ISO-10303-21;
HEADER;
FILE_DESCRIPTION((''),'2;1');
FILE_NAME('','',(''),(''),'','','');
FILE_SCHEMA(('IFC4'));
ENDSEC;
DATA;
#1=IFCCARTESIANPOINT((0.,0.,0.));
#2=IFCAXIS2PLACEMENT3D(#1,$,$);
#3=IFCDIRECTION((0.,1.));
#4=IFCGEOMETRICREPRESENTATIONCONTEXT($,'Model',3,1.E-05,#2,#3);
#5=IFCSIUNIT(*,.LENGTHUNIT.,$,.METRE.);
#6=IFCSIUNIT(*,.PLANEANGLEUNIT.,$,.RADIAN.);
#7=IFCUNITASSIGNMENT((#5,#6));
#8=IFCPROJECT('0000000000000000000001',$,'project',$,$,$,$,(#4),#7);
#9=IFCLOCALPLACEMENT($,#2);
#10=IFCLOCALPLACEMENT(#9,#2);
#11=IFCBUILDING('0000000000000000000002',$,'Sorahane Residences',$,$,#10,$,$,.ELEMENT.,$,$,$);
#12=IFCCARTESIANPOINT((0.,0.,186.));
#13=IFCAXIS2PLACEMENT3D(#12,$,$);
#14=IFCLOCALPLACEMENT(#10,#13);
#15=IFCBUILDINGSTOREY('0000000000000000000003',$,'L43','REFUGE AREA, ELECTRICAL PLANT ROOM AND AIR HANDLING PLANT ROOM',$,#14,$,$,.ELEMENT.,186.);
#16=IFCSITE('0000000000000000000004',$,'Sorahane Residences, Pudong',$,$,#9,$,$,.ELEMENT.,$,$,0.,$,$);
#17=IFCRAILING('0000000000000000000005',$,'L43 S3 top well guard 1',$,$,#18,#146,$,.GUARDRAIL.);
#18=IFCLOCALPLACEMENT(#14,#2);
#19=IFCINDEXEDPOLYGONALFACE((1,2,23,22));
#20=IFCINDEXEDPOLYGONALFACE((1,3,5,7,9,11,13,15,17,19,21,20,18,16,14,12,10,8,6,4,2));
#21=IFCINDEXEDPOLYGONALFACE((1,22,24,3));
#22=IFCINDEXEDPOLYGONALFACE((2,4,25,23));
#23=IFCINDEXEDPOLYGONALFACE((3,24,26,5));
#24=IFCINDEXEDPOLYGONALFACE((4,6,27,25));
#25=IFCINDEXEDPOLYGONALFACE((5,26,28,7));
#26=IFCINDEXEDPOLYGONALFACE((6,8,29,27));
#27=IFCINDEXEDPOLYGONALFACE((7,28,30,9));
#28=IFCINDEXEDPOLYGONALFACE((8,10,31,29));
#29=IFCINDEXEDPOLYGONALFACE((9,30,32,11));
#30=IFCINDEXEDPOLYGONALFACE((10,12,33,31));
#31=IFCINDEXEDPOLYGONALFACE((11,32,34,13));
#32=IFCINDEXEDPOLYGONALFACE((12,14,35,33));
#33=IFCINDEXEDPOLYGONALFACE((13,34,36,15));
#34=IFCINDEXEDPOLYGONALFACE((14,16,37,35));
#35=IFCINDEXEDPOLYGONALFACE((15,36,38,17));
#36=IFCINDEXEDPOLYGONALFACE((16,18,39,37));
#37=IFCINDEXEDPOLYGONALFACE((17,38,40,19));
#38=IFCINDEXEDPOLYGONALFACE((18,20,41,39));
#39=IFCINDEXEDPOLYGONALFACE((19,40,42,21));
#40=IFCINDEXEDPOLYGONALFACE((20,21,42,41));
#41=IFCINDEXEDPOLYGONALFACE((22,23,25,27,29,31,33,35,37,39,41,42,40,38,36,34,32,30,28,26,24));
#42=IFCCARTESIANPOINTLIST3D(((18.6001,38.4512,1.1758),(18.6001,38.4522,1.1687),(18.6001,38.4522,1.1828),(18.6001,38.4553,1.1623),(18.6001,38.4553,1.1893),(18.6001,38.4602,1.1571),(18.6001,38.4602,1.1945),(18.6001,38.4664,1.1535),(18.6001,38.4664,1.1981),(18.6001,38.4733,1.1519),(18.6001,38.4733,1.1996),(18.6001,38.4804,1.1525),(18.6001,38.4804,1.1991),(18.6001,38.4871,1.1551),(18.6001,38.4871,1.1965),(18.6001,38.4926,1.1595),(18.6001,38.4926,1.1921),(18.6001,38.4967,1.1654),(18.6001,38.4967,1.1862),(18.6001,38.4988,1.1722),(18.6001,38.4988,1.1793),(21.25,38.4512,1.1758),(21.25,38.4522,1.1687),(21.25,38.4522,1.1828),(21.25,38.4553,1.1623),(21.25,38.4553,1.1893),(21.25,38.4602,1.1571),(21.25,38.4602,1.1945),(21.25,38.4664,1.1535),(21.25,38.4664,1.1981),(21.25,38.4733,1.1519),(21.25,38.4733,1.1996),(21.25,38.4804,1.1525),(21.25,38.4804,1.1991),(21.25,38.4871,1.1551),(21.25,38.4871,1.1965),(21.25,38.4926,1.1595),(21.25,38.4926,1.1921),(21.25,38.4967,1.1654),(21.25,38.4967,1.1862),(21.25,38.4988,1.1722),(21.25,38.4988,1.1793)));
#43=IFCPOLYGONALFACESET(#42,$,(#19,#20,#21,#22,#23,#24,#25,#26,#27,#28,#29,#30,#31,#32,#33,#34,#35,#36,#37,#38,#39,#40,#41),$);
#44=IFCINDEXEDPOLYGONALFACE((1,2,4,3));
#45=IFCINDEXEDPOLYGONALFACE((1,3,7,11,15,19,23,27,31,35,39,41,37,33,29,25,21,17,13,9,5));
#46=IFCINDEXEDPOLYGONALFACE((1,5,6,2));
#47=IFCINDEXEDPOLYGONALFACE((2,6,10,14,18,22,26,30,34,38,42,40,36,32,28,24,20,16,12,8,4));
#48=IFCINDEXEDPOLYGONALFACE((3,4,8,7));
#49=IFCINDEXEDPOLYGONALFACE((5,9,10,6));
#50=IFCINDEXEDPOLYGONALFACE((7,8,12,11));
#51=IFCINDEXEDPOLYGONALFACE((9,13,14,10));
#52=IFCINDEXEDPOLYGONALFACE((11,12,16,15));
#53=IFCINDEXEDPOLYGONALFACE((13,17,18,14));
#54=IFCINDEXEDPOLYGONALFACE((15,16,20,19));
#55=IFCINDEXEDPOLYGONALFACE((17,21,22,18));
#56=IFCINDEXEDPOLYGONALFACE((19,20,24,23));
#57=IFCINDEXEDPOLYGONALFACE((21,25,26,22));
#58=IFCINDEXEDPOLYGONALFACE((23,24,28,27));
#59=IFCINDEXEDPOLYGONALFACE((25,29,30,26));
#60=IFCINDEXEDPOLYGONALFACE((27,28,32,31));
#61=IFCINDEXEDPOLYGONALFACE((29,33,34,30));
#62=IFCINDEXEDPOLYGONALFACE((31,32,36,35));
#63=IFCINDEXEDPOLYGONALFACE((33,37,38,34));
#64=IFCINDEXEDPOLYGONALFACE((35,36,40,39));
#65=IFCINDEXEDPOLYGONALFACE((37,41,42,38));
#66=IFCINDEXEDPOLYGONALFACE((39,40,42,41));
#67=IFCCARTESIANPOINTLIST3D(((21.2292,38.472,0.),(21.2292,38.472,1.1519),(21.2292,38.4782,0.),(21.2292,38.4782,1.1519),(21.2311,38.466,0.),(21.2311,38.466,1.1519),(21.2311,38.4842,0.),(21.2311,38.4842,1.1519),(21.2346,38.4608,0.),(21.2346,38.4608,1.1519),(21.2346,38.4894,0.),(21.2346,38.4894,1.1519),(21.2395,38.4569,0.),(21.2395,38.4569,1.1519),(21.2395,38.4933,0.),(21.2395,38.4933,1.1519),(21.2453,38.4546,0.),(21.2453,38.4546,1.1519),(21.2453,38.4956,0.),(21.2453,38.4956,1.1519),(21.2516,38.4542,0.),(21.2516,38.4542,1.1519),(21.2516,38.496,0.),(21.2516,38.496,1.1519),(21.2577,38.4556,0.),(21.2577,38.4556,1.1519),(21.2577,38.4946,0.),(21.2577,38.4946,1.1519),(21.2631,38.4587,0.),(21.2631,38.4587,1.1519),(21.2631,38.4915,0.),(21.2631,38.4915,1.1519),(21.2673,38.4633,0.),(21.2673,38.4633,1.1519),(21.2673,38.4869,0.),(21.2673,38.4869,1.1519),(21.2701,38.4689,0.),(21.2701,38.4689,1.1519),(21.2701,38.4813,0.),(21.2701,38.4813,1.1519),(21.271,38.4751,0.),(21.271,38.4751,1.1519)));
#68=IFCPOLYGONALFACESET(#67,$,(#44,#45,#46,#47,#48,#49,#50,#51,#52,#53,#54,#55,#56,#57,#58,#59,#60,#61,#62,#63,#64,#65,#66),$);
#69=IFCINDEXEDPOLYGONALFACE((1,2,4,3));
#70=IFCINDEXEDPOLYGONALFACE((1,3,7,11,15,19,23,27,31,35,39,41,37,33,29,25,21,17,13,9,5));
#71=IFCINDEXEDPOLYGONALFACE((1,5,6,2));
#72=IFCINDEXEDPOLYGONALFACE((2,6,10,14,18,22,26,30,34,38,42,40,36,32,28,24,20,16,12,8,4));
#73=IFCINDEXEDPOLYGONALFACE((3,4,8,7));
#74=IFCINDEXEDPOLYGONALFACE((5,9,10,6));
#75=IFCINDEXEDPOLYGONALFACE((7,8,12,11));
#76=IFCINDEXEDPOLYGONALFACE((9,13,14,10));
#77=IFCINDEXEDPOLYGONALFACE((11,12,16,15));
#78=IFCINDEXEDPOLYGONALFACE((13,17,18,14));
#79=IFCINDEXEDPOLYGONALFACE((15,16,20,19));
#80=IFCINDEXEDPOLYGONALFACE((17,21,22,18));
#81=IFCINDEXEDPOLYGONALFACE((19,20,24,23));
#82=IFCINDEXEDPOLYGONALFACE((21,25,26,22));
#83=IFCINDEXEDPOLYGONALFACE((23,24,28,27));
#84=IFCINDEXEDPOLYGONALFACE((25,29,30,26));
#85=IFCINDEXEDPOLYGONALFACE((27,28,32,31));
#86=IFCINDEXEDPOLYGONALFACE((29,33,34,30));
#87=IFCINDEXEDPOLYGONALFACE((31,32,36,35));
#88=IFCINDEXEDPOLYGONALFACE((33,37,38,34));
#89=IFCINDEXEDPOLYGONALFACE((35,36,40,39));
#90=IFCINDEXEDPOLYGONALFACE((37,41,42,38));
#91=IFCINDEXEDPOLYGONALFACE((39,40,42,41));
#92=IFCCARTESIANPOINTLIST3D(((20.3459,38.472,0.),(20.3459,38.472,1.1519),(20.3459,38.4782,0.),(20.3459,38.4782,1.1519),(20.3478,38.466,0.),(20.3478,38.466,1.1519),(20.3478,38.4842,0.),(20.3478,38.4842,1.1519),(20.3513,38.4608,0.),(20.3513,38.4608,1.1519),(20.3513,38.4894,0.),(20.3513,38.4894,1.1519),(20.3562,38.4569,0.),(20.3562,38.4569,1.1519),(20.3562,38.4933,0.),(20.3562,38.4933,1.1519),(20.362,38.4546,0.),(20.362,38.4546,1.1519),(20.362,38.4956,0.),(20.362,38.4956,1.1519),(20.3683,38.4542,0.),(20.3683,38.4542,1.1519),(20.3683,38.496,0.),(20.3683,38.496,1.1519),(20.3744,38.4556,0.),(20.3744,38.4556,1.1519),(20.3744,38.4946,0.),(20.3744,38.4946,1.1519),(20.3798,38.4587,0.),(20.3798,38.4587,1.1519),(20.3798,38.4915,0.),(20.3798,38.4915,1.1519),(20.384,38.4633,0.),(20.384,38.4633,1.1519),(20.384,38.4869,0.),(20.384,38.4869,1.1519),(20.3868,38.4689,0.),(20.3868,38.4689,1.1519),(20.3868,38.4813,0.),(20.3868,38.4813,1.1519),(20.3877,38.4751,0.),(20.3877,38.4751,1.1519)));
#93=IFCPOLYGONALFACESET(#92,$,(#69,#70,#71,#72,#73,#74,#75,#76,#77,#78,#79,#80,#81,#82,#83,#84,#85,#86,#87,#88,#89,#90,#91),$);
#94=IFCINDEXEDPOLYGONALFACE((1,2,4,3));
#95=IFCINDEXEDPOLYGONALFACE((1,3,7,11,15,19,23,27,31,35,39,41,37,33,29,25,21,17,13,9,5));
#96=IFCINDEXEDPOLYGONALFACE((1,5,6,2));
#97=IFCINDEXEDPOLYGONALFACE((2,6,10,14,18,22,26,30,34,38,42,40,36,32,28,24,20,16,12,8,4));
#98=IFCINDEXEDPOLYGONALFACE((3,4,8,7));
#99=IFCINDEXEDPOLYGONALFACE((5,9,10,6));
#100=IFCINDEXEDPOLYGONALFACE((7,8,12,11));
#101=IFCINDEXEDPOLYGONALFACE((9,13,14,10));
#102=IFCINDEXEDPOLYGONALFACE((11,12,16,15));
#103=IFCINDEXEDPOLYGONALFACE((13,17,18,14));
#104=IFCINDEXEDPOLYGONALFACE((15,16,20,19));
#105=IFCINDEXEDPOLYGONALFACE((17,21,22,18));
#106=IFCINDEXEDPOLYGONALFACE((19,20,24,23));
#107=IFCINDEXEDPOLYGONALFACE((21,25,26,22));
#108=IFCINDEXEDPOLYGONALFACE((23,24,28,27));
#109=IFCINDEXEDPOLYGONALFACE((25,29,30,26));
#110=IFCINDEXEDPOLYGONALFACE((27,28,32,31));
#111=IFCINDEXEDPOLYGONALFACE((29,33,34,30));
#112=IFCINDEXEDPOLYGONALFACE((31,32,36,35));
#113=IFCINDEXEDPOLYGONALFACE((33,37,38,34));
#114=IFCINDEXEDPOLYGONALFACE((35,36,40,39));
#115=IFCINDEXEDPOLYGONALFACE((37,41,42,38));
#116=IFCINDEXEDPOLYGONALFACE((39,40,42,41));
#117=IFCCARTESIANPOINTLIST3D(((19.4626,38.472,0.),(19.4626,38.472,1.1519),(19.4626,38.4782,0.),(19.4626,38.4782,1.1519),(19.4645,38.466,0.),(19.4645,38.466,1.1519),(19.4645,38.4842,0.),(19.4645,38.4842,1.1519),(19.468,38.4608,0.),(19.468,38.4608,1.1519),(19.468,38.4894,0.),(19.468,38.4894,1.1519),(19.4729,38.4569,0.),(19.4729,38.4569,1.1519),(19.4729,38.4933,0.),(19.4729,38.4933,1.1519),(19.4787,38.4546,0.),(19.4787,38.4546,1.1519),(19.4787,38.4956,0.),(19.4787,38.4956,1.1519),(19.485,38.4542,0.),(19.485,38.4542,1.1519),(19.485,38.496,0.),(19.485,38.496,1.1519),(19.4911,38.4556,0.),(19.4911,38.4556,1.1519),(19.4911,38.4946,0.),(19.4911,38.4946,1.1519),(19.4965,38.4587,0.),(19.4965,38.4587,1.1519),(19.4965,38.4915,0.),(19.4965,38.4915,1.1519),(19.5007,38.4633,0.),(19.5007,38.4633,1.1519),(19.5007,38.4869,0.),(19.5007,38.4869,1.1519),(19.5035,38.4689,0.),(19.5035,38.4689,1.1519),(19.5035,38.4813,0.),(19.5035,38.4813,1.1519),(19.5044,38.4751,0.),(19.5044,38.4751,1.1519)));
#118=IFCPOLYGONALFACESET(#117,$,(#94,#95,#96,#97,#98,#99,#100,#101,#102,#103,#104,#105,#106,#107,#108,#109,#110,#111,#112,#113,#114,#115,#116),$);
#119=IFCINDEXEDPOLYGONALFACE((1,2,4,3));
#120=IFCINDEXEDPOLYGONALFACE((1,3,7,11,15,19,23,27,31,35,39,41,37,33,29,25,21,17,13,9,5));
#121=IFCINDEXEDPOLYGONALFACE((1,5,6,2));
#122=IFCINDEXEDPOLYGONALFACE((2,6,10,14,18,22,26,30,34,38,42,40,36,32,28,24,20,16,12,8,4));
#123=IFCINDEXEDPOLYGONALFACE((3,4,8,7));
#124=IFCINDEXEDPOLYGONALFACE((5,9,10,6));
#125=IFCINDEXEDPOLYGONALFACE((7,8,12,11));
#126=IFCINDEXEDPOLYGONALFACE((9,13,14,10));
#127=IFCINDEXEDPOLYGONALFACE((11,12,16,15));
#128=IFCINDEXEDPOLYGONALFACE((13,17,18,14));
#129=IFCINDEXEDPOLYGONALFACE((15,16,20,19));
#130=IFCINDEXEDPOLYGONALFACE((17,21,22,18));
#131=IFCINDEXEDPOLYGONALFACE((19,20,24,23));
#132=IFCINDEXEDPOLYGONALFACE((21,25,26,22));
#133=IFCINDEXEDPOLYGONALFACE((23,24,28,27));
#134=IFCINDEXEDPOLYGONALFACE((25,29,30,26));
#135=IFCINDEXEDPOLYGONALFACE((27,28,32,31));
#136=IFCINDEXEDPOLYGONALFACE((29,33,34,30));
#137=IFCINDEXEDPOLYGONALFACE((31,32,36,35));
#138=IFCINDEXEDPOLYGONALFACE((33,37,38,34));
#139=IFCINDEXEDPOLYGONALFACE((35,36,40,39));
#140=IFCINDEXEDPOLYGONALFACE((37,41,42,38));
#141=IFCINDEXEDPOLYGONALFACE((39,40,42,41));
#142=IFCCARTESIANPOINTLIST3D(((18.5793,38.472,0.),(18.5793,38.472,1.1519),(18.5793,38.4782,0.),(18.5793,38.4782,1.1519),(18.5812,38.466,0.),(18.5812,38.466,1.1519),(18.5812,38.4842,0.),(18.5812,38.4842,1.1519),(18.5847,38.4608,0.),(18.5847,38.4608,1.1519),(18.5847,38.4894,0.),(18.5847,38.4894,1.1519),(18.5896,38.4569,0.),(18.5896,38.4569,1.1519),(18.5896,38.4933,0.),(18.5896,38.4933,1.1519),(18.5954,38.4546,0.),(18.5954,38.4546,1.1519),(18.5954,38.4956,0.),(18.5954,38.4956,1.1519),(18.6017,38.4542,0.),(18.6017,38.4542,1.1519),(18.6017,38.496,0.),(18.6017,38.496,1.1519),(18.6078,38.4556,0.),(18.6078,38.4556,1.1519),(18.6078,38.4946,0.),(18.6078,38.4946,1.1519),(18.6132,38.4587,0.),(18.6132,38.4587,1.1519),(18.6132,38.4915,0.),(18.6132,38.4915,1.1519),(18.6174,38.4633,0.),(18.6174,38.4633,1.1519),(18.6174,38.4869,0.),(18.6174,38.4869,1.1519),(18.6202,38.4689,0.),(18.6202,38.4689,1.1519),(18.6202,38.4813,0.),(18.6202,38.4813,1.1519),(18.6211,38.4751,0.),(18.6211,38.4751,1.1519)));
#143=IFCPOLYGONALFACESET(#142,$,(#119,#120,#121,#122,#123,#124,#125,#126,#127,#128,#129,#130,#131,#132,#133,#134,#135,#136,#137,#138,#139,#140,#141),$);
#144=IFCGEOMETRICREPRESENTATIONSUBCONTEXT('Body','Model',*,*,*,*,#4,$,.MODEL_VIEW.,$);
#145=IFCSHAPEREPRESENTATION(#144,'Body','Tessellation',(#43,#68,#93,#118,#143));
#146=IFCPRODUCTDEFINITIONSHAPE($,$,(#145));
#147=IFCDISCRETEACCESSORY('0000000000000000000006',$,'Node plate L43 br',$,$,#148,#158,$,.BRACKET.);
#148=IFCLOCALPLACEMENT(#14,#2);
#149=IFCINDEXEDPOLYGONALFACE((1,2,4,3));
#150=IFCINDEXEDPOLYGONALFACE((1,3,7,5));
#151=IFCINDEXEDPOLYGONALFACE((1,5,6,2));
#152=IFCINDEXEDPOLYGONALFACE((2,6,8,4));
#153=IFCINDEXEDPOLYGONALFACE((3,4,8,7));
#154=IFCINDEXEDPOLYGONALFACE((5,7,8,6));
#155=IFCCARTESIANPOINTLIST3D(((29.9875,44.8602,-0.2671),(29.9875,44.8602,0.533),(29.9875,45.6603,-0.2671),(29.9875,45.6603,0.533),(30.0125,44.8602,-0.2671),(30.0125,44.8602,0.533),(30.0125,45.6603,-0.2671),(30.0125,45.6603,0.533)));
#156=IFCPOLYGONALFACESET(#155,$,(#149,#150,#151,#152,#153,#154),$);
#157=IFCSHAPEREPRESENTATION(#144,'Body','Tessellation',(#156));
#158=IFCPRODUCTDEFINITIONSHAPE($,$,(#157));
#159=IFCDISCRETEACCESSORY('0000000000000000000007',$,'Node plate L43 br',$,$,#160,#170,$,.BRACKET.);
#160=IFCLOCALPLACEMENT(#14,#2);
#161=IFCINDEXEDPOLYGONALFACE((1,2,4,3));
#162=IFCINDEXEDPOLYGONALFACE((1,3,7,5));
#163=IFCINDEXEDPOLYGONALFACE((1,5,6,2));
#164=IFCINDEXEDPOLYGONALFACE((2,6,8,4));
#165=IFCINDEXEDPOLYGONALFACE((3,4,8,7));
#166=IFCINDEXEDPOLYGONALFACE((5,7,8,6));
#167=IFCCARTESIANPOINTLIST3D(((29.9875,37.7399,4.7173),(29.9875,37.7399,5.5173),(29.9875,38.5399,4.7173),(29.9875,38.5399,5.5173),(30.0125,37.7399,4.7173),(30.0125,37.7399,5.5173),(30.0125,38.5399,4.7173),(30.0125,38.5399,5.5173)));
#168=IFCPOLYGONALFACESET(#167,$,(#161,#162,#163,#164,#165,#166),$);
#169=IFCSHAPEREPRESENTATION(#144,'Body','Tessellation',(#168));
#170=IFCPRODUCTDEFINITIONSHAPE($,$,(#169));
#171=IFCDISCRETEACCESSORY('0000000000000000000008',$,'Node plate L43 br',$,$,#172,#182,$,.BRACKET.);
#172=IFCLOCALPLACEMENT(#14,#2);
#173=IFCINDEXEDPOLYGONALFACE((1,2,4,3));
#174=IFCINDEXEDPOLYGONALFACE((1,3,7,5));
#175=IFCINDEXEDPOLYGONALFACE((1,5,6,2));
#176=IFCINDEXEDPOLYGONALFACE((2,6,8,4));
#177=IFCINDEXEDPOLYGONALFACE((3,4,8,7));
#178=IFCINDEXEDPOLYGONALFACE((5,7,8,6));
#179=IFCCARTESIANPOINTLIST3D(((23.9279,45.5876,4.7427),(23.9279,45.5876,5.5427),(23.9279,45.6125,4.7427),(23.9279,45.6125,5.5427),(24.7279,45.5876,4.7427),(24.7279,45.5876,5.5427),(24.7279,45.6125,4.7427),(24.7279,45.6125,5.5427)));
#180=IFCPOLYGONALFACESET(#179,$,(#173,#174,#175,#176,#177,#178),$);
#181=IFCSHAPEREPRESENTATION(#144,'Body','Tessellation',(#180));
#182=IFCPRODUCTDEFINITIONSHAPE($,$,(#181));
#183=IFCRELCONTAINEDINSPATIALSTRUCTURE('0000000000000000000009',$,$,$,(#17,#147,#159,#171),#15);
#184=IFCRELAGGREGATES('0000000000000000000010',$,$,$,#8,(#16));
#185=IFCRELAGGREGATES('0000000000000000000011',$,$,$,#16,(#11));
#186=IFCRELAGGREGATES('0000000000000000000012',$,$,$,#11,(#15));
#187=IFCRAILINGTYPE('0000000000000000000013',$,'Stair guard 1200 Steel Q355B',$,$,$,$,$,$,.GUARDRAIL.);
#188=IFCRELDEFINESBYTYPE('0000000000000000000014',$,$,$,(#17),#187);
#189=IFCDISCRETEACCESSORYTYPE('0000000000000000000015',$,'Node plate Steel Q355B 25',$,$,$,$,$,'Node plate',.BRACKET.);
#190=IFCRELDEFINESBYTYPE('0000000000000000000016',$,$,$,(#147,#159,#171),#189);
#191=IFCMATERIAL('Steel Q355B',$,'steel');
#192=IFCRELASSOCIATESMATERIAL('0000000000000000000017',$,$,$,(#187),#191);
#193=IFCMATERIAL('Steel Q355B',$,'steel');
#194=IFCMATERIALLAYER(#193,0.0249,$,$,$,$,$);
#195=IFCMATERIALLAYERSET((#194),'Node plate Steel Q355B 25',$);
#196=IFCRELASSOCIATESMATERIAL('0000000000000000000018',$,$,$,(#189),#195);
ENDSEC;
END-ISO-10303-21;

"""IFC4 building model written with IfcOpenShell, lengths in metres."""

from ifc_helpers import new_model, si_unit, direction, frame, origin, origin_2d, place, context, subcontext, project, spatial, rectangle, circle, extrude, material, layer, layer_set, type_object, element, save


model = new_model("IFC4")

# Units and contexts
model_context = context("Model", 3, precision=1e-05, world=origin(), true_north=direction((0.0, 1.0)))
body_context = subcontext(model_context, "Body", "Model", "MODEL_VIEW")
ifc_project = project(units=[si_unit("LENGTHUNIT", "METRE"), si_unit("PLANEANGLEUNIT", "RADIAN")], contexts=[model_context])

# Site, building, storey
site_placement = place(None, origin())
site = spatial("IfcSite", under=ifc_project, at=site_placement, Name="Sorahane Residences, Pudong", CompositionType="ELEMENT", RefElevation=0.0)
building_placement = place(site_placement, origin())
building = spatial("IfcBuilding", under=site, at=building_placement, Name="Sorahane Residences", CompositionType="ELEMENT")
storey_placement = place(building_placement, frame((0.0, 0.0, 186.0)))
storey = spatial("IfcBuildingStorey", under=building, at=storey_placement, Name="L43", Description="REFUGE AREA, ELECTRICAL PLANT ROOM AND AIR HANDLING PLANT ROOM", CompositionType="ELEMENT", Elevation=186.0)

# Railing
ifc_material_1 = material(Name="Steel Q355B", Category="steel")
railing_type = type_object("IfcRailingType", Name="Stair guard 1200 Steel Q355B", PredefinedType="GUARDRAIL", material=ifc_material_1)
railing_placement = place(storey_placement, frame((21.25, 38.4751, 0.0)))
element("IfcRailing", 1, at=railing_placement, inside=storey, type_object=railing_type, Name="L43 S3 top well guard 1", PredefinedType="GUARDRAIL", context=body_context, shape_type="SweptSolid", body=[
    extrude(circle(Radius=0.0239, at=origin_2d()), frame((0.0, 0.0, 1.1758), z_axis=(-1.0, 0.0, 0.0), x_axis=(0.0, -1.0, 0.0)), (0.0, 0.0, 1.0), 2.6499),
    extrude(circle(Radius=0.021, at=origin_2d()), origin(), (0.0, 0.0, 1.0), 1.1519),
    extrude(circle(Radius=0.021, at=origin_2d()), frame((-0.8833, 0.0, 0.0)), (0.0, 0.0, 1.0), 1.1519),
    extrude(circle(Radius=0.021, at=origin_2d()), frame((-1.7666, 0.0, 0.0)), (0.0, 0.0, 1.0), 1.1519),
    extrude(circle(Radius=0.021, at=origin_2d()), frame((-2.6499, 0.0, 0.0)), (0.0, 0.0, 1.0), 1.1519),
])

# Discrete accessories
ifc_material_2 = material(Name="Steel Q355B", Category="steel")
ifc_layer_1 = layer(ifc_material_2, 0.0249)
ifc_layer_set_1 = layer_set([ifc_layer_1], Name="Node plate Steel Q355B 25")
discrete_accessory_type = type_object("IfcDiscreteAccessoryType", Name="Node plate Steel Q355B 25", ElementType="Node plate", PredefinedType="BRACKET", material=ifc_layer_set_1)
for number, where, z_axis, x_axis, name in (
    (2, (30.0, 45.2603, -0.2671), (0.0, 0.0, 1.0), (0.0, 1.0, 0.0), "Node plate L43 br"),
    (3, (30.0, 38.1399, 4.7173), (0.0, 0.0, 1.0), (0.0, 1.0, 0.0), "Node plate L43 br"),
    (4, (24.3279, 45.6001, 4.7427), (0.0, 0.0, 1.0), (1.0, 0.0, 0.0), "Node plate L43 br"),
):
    element("IfcDiscreteAccessory", number, at=place(storey_placement, frame(where, z_axis=z_axis, x_axis=x_axis)), inside=storey, type_object=discrete_accessory_type, Name=name, PredefinedType="BRACKET", context=body_context, shape_type="SweptSolid", body=[
        extrude(rectangle(XDim=0.8, YDim=0.0249, at=origin_2d()), origin(), (0.0, 0.0, 1.0), 0.8),
    ])

save(model, "model.ifc")
